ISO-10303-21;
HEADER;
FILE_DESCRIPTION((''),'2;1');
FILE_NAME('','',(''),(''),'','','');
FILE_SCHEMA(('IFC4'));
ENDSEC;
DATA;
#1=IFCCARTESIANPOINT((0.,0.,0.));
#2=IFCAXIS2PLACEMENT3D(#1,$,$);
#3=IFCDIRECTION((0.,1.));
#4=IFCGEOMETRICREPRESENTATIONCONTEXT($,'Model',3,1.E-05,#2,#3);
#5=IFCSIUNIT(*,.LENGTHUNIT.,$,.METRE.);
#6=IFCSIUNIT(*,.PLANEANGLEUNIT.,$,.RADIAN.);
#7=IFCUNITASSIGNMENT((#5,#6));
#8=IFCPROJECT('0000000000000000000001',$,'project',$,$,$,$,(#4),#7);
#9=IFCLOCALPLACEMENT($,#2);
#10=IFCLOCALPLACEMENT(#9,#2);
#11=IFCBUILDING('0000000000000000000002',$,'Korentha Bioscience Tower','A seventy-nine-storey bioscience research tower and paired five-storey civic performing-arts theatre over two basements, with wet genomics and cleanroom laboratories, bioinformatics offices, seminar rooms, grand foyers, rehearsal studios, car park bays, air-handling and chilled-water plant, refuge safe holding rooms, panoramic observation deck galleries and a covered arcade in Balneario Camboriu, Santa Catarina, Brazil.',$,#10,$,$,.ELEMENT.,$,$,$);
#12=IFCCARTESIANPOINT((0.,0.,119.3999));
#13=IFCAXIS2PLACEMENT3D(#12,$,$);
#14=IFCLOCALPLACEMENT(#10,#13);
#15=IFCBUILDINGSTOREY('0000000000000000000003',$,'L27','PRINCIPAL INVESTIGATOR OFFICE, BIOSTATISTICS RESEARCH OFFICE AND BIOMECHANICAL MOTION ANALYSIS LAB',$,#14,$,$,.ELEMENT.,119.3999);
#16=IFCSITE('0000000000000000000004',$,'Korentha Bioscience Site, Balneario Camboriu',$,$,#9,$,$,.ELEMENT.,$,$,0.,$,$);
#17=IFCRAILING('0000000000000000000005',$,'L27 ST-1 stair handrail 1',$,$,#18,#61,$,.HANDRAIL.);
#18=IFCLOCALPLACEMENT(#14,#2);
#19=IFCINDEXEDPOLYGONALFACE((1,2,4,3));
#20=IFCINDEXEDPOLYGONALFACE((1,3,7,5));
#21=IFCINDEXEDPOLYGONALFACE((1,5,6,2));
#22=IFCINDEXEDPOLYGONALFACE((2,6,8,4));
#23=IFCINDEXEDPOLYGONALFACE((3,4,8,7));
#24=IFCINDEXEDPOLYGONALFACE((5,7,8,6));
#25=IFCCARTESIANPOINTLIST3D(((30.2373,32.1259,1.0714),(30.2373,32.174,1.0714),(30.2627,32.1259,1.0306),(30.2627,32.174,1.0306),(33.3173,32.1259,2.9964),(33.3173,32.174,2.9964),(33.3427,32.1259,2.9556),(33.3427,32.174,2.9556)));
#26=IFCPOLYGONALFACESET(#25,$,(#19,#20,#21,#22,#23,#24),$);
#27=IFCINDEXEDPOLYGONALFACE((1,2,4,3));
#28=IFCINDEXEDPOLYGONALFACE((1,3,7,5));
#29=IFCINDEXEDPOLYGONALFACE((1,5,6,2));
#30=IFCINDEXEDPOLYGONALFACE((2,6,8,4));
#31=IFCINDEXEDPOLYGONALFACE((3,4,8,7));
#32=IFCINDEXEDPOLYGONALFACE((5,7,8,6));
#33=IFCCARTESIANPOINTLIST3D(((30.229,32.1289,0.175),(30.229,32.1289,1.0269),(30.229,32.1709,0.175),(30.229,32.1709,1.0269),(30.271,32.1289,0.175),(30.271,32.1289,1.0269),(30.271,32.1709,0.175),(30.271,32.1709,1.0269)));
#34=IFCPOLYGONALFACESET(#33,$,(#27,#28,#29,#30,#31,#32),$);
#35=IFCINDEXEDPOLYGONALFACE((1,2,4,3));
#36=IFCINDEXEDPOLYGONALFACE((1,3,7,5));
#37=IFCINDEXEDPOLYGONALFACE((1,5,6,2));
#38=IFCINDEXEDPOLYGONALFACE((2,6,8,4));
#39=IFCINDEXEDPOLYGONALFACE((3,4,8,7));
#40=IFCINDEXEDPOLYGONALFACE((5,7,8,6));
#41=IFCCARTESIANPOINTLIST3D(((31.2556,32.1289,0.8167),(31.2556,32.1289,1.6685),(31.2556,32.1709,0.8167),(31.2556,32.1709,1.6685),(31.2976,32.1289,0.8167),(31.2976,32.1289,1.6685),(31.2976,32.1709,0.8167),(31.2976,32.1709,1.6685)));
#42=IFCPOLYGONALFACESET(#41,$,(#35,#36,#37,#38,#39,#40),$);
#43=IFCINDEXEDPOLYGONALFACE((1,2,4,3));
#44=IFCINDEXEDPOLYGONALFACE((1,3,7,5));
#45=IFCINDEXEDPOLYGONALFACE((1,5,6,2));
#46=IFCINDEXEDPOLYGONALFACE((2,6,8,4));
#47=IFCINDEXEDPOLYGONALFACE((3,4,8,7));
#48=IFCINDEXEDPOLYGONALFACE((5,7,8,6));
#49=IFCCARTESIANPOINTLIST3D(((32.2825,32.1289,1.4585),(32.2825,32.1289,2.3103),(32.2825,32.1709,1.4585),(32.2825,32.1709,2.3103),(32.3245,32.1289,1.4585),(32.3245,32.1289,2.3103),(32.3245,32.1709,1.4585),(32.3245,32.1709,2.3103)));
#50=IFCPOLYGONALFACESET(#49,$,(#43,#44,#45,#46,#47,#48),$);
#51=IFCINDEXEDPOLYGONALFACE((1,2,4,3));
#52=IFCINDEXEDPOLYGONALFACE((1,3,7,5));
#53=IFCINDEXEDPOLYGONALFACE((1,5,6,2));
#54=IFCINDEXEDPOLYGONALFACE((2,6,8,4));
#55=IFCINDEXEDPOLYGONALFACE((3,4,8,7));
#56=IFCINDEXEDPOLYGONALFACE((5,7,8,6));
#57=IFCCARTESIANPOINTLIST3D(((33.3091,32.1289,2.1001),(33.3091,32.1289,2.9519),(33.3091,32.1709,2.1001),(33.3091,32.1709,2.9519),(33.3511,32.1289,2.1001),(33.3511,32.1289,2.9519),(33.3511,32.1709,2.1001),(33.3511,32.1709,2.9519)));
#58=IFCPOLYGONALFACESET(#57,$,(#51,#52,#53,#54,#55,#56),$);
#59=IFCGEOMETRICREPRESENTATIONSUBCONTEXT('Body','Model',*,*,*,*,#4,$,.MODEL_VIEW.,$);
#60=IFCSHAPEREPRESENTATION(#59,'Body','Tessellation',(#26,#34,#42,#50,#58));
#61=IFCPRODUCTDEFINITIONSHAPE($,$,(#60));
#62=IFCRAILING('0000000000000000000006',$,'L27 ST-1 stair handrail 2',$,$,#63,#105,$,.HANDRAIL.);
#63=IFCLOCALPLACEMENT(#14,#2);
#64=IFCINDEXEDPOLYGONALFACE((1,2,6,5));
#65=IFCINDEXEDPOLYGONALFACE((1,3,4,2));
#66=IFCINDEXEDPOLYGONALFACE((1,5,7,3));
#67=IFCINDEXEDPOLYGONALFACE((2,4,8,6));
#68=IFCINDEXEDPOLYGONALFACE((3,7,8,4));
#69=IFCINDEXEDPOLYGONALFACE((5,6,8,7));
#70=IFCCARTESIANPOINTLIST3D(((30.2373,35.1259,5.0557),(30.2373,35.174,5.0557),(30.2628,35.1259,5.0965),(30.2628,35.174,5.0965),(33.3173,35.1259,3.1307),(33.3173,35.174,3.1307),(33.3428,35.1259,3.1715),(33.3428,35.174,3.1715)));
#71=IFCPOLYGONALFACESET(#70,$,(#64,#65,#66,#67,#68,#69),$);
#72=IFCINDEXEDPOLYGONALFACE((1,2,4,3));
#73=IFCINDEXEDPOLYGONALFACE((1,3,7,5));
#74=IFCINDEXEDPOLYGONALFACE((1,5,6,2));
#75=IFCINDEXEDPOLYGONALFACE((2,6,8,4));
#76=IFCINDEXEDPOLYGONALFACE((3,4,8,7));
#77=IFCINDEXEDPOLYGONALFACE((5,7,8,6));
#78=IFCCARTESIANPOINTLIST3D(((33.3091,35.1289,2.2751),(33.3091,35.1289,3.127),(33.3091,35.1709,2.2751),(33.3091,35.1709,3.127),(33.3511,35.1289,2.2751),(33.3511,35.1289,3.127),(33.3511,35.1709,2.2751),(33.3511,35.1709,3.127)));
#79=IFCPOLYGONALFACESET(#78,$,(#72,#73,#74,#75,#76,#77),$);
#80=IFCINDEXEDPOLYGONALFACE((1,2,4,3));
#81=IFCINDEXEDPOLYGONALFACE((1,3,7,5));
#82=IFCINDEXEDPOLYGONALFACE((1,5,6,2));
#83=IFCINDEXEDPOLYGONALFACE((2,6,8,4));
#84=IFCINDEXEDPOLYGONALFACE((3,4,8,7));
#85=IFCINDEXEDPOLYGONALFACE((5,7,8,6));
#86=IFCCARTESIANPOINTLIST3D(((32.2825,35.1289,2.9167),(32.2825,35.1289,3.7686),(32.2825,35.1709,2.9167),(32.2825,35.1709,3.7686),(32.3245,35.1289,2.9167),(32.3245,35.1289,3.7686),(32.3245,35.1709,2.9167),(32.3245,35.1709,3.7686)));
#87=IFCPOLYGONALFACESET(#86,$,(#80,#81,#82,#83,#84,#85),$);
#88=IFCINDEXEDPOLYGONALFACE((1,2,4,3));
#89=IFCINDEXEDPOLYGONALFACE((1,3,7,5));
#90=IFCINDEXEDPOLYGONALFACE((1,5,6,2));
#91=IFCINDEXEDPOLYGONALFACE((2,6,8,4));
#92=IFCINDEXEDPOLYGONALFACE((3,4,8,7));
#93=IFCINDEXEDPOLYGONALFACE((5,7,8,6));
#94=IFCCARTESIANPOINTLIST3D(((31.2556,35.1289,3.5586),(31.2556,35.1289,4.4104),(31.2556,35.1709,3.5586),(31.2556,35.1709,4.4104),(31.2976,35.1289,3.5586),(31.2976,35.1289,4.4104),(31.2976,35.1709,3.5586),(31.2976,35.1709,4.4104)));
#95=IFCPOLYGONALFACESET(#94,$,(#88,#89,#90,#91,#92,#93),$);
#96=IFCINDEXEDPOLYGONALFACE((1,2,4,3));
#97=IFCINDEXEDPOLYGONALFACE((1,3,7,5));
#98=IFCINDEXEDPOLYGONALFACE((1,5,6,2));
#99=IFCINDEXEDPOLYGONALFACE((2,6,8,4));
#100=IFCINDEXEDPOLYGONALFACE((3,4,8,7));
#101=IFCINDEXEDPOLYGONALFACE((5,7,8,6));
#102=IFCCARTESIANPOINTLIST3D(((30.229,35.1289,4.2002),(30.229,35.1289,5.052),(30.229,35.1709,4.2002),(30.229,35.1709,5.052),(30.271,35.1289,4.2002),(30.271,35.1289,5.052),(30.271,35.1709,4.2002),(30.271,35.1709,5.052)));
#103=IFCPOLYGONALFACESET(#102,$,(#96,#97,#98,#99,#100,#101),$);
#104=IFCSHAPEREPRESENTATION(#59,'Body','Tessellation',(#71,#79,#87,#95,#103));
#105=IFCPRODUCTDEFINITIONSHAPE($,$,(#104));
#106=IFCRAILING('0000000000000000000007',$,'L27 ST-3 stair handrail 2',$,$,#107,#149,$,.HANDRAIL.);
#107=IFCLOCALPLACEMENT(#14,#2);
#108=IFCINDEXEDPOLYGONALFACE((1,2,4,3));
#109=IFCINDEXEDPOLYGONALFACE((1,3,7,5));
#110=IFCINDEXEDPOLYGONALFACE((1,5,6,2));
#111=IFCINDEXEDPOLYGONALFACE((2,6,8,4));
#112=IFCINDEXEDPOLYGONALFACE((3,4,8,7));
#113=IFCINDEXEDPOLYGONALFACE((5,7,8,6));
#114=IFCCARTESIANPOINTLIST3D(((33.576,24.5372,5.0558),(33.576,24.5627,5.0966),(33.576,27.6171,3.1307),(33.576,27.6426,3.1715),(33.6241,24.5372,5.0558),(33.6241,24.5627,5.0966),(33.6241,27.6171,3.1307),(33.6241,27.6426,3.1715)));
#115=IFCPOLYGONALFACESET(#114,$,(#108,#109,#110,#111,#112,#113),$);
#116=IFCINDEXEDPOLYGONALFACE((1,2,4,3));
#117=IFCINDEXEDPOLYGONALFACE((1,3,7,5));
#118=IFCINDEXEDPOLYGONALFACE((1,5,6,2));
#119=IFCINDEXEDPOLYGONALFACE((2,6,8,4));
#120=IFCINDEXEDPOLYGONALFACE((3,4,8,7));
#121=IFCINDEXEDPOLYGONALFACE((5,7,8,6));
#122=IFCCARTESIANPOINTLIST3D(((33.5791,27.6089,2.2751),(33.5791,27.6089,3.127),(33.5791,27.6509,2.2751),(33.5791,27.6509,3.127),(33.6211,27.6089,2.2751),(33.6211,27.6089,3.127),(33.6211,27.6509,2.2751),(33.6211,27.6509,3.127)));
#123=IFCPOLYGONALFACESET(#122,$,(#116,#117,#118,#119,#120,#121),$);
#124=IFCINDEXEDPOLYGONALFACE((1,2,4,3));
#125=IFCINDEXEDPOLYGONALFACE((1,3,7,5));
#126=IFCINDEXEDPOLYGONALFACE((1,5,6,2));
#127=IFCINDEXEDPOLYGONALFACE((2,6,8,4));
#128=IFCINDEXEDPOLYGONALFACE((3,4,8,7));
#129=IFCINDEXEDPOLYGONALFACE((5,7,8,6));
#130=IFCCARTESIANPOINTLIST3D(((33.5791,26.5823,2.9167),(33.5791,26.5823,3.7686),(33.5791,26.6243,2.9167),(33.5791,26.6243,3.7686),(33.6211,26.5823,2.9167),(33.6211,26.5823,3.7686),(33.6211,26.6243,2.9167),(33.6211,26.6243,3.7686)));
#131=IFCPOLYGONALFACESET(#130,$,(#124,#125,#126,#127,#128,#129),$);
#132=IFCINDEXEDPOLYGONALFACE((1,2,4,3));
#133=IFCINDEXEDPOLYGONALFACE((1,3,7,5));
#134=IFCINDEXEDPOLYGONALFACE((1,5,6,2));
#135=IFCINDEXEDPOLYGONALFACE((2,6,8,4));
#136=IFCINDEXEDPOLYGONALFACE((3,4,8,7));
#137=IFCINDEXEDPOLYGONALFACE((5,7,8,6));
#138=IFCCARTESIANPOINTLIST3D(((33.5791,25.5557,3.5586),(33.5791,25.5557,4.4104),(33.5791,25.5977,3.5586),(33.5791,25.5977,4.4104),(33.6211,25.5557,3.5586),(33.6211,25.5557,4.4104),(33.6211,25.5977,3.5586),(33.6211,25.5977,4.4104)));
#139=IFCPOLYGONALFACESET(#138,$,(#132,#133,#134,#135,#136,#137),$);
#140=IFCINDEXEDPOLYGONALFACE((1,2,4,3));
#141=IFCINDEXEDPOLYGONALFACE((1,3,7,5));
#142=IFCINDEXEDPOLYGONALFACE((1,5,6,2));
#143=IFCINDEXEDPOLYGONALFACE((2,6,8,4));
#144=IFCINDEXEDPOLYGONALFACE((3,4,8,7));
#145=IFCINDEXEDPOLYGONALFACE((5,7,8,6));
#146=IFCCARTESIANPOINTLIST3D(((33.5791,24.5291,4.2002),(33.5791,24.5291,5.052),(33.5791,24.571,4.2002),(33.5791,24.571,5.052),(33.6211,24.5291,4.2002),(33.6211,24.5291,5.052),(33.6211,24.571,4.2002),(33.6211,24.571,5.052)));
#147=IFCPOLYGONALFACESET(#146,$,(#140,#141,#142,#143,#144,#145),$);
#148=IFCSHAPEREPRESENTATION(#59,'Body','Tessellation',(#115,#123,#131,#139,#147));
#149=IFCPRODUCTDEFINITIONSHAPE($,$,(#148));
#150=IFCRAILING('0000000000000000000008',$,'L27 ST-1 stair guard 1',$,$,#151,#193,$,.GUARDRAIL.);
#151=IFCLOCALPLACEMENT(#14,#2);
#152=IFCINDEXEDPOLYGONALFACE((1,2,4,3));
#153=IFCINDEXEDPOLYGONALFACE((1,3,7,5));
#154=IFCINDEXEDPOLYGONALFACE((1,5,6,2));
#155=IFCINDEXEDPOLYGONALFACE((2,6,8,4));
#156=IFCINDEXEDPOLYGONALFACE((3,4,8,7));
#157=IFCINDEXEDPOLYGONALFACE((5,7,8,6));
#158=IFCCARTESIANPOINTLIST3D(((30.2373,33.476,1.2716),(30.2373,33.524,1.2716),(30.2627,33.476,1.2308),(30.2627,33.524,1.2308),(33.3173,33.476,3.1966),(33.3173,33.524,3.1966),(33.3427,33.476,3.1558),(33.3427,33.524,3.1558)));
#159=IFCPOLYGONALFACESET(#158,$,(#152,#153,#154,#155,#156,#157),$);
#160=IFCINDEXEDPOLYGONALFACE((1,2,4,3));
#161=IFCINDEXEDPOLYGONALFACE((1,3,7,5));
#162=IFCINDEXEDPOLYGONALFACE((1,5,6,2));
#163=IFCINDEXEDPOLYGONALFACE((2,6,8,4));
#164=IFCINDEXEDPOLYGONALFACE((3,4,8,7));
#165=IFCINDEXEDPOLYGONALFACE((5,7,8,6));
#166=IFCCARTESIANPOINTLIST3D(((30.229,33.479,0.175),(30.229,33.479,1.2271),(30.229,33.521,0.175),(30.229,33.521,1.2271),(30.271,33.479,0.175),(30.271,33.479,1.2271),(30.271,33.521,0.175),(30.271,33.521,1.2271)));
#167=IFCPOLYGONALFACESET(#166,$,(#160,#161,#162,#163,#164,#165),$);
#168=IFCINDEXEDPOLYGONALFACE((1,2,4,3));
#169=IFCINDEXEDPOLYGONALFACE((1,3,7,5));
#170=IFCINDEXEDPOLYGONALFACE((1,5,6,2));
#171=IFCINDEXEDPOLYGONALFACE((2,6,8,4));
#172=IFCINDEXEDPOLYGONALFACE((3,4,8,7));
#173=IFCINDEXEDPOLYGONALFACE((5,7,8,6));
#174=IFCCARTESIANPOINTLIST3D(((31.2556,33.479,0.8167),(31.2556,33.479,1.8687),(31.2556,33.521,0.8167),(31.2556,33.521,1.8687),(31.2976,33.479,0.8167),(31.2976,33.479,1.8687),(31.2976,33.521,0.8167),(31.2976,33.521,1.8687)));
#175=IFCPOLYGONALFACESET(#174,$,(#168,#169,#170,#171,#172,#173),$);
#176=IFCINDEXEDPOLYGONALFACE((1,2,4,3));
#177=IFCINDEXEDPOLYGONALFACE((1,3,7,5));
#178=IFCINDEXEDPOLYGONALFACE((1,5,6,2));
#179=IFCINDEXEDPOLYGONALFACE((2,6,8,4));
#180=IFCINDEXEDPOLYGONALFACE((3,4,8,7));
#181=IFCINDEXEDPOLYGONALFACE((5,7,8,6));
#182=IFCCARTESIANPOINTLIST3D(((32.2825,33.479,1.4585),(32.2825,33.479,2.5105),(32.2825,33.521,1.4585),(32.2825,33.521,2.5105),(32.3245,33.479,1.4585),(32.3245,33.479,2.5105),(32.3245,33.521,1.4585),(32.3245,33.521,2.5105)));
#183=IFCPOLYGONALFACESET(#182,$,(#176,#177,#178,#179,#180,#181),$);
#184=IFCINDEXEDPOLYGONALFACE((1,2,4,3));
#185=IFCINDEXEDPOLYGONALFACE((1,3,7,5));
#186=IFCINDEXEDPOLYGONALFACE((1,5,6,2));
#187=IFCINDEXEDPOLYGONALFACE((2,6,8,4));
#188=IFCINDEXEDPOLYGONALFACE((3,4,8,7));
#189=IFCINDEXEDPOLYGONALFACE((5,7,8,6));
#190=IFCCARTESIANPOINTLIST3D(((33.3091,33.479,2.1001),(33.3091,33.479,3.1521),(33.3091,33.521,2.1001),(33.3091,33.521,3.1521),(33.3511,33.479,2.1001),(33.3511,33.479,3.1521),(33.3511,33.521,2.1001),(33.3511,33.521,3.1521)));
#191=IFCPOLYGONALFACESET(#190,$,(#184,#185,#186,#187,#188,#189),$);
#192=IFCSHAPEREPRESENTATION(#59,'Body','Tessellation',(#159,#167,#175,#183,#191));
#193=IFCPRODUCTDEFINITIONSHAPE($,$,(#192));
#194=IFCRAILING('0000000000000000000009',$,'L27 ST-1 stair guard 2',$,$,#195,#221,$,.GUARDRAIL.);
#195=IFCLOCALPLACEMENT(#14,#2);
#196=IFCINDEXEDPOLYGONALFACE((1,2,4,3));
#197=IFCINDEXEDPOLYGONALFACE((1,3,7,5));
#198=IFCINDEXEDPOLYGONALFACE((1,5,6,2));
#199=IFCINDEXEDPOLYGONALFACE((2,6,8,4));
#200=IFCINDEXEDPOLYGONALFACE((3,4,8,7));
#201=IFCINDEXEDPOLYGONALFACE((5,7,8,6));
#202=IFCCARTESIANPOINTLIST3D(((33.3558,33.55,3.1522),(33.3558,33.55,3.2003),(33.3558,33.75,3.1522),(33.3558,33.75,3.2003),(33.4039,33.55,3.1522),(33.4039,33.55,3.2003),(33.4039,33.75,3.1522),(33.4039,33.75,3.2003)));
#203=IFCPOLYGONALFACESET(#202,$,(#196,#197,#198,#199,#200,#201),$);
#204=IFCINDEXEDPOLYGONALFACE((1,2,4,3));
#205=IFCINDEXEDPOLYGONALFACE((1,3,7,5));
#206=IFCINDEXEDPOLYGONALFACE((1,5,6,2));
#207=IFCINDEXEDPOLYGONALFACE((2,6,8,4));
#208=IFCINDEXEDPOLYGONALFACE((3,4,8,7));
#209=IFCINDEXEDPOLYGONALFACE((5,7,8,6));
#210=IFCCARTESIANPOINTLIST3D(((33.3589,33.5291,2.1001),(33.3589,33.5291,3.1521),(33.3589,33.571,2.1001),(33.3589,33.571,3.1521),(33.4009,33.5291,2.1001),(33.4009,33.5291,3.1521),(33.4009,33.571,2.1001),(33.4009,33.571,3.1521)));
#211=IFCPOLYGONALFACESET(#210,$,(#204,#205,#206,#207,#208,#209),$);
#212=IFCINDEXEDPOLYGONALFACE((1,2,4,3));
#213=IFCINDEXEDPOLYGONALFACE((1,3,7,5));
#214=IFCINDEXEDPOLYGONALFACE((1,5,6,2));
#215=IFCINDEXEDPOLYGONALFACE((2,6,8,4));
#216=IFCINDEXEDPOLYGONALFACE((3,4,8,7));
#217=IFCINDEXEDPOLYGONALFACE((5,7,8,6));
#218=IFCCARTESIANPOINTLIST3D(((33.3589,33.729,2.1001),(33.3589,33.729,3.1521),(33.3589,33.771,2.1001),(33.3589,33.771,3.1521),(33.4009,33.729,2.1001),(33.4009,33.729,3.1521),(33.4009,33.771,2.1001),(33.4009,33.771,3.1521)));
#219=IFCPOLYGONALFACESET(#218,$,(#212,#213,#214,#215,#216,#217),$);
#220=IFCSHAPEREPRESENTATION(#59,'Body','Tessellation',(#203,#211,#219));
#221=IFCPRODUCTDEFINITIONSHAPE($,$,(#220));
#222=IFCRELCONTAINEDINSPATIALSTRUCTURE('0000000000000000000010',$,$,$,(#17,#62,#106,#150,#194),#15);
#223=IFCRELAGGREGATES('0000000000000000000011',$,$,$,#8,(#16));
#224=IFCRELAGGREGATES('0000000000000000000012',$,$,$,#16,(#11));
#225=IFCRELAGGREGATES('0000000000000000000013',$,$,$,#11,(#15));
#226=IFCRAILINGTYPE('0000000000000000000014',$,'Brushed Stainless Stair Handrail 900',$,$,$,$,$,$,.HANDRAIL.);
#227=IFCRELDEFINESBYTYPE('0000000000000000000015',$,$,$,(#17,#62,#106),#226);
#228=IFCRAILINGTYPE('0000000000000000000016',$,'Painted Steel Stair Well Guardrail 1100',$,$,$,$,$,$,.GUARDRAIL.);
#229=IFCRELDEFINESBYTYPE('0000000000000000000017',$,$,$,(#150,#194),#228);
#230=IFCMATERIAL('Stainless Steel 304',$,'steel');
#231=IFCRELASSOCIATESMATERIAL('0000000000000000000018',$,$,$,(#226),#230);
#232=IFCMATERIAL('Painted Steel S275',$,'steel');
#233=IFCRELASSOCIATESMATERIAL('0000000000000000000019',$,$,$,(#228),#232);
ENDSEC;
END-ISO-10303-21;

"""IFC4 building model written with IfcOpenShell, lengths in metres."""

from ifc_helpers import new_model, si_unit, direction, frame, origin, origin_2d, place, context, subcontext, project, spatial, rectangle, extrude, material, type_object, element, save


model = new_model("IFC4")

# Units and contexts
model_context = context("Model", 3, precision=1e-05, world=origin(), true_north=direction((0.0, 1.0)))
body_context = subcontext(model_context, "Body", "Model", "MODEL_VIEW")
ifc_project = project(units=[si_unit("LENGTHUNIT", "METRE"), si_unit("PLANEANGLEUNIT", "RADIAN")], contexts=[model_context])

# Site, building, storey
site_placement = place(None, origin())
site = spatial("IfcSite", under=ifc_project, at=site_placement, Name="Korentha Bioscience Site, Balneario Camboriu", CompositionType="ELEMENT", RefElevation=0.0)
building_placement = place(site_placement, origin())
building = spatial("IfcBuilding", under=site, at=building_placement, Name="Korentha Bioscience Tower", Description="A seventy-nine-storey bioscience research tower and paired five-storey civic performing-arts theatre over two basements, with wet genomics and cleanroom laboratories, bioinformatics offices, seminar rooms, grand foyers, rehearsal studios, car park bays, air-handling and chilled-water plant, refuge safe holding rooms, panoramic observation deck galleries and a covered arcade in Balneario Camboriu, Santa Catarina, Brazil.", CompositionType="ELEMENT")
storey_placement = place(building_placement, frame((0.0, 0.0, 119.3999)))
storey = spatial("IfcBuildingStorey", under=building, at=storey_placement, Name="L27", Description="PRINCIPAL INVESTIGATOR OFFICE, BIOSTATISTICS RESEARCH OFFICE AND BIOMECHANICAL MOTION ANALYSIS LAB", CompositionType="ELEMENT", Elevation=119.3999)

# Railings
ifc_material_1 = material(Name="Stainless Steel 304", Category="steel")
railing_type_1 = type_object("IfcRailingType", Name="Brushed Stainless Stair Handrail 900", PredefinedType="HANDRAIL", material=ifc_material_1)
railing_1_placement = place(storey_placement, frame((30.25, 32.1499, 0.175)))
element("IfcRailing", 1, at=railing_1_placement, inside=storey, type_object=railing_type_1, Name="L27 ST-1 stair handrail 1", PredefinedType="HANDRAIL", context=body_context, shape_type="SweptSolid", body=[
    extrude(rectangle(XDim=0.0481, YDim=0.0481, at=origin_2d()), frame((0.0, 0.0, 0.876), z_axis=(0.847998, 0.0, 0.529999), x_axis=(0.0, 1.0, 0.0)), (0.0, 0.0, 1.0), 3.6321),
    extrude(rectangle(XDim=0.042, YDim=0.042, at=origin_2d()), origin(), (0.0, 0.0, 1.0), 0.8518),
    extrude(rectangle(XDim=0.042, YDim=0.042, at=origin_2d()), frame((1.0266, 0.0, 0.6416)), (0.0, 0.0, 1.0), 0.8518),
    extrude(rectangle(XDim=0.042, YDim=0.042, at=origin_2d()), frame((2.0535, 0.0, 1.2834)), (0.0, 0.0, 1.0), 0.8518),
    extrude(rectangle(XDim=0.042, YDim=0.042, at=origin_2d()), frame((3.0801, 0.0, 1.925)), (0.0, 0.0, 1.0), 0.8518),
])
railing_2_placement = place(storey_placement, frame((33.3301, 35.1499, 2.2751)))
element("IfcRailing", 2, at=railing_2_placement, inside=storey, type_object=railing_type_1, Name="L27 ST-1 stair handrail 2", PredefinedType="HANDRAIL", context=body_context, shape_type="SweptSolid", body=[
    extrude(rectangle(XDim=0.0481, YDim=0.0481, at=origin_2d()), frame((0.0, 0.0, 0.876), z_axis=(-0.847998, 0.0, 0.529999), x_axis=(0.0, -1.0, 0.0)), (0.0, 0.0, 1.0), 3.6321),
    extrude(rectangle(XDim=0.042, YDim=0.042, at=origin_2d()), origin(), (0.0, 0.0, 1.0), 0.8518),
    extrude(rectangle(XDim=0.042, YDim=0.042, at=origin_2d()), frame((-1.0266, 0.0, 0.6416)), (0.0, 0.0, 1.0), 0.8518),
    extrude(rectangle(XDim=0.042, YDim=0.042, at=origin_2d()), frame((-2.0535, 0.0, 1.2834)), (0.0, 0.0, 1.0), 0.8518),
    extrude(rectangle(XDim=0.042, YDim=0.042, at=origin_2d()), frame((-3.0801, 0.0, 1.925)), (0.0, 0.0, 1.0), 0.8518),
])
railing_3_placement = place(storey_placement, frame((33.6001, 27.6299, 2.2751)))
element("IfcRailing", 3, at=railing_3_placement, inside=storey, type_object=railing_type_1, Name="L27 ST-3 stair handrail 2", PredefinedType="HANDRAIL", context=body_context, shape_type="SweptSolid", body=[
    extrude(rectangle(XDim=0.0481, YDim=0.0481, at=origin_2d()), frame((0.0, 0.0, 0.876), z_axis=(0.0, -0.847979, 0.530029), x_axis=(1.0, 0.0, 0.0)), (0.0, 0.0, 1.0), 3.6321),
    extrude(rectangle(XDim=0.042, YDim=0.042, at=origin_2d()), origin(), (0.0, 0.0, 1.0), 0.8518),
    extrude(rectangle(XDim=0.042, YDim=0.042, at=origin_2d()), frame((0.0, -1.0266, 0.6416)), (0.0, 0.0, 1.0), 0.8518),
    extrude(rectangle(XDim=0.042, YDim=0.042, at=origin_2d()), frame((0.0, -2.0532, 1.2834)), (0.0, 0.0, 1.0), 0.8518),
    extrude(rectangle(XDim=0.042, YDim=0.042, at=origin_2d()), frame((0.0, -3.0798, 1.925)), (0.0, 0.0, 1.0), 0.8518),
])
ifc_material_2 = material(Name="Painted Steel S275", Category="steel")
railing_type_2 = type_object("IfcRailingType", Name="Painted Steel Stair Well Guardrail 1100", PredefinedType="GUARDRAIL", material=ifc_material_2)
railing_4_placement = place(storey_placement, frame((30.25, 33.5, 0.175)))
element("IfcRailing", 4, at=railing_4_placement, inside=storey, type_object=railing_type_2, Name="L27 ST-1 stair guard 1", PredefinedType="GUARDRAIL", context=body_context, shape_type="SweptSolid", body=[
    extrude(rectangle(XDim=0.0481, YDim=0.0481, at=origin_2d()), frame((0.0, 0.0, 1.0762), z_axis=(0.847998, 0.0, 0.529999), x_axis=(0.0, 1.0, 0.0)), (0.0, 0.0, 1.0), 3.6321),
    extrude(rectangle(XDim=0.042, YDim=0.042, at=origin_2d()), origin(), (0.0, 0.0, 1.0), 1.052),
    extrude(rectangle(XDim=0.042, YDim=0.042, at=origin_2d()), frame((1.0266, 0.0, 0.6416)), (0.0, 0.0, 1.0), 1.052),
    extrude(rectangle(XDim=0.042, YDim=0.042, at=origin_2d()), frame((2.0535, 0.0, 1.2834)), (0.0, 0.0, 1.0), 1.052),
    extrude(rectangle(XDim=0.042, YDim=0.042, at=origin_2d()), frame((3.0801, 0.0, 1.925)), (0.0, 0.0, 1.0), 1.052),
])
railing_5_placement = place(storey_placement, frame((33.3799, 33.55, 2.1001)))
element("IfcRailing", 5, at=railing_5_placement, inside=storey, type_object=railing_type_2, Name="L27 ST-1 stair guard 2", PredefinedType="GUARDRAIL", context=body_context, shape_type="SweptSolid", body=[
    extrude(rectangle(XDim=0.0481, YDim=0.0481, at=origin_2d()), frame((0.0, 0.0, 1.0762), z_axis=(0.0, 1.0, 0.0), x_axis=(-1.0, 0.0, 0.0)), (0.0, 0.0, 1.0), 0.2),
    extrude(rectangle(XDim=0.042, YDim=0.042, at=origin_2d()), origin(), (0.0, 0.0, 1.0), 1.052),
    extrude(rectangle(XDim=0.042, YDim=0.042, at=origin_2d()), frame((0.0, 0.2, 0.0)), (0.0, 0.0, 1.0), 1.052),
])

save(model, "model.ifc")
